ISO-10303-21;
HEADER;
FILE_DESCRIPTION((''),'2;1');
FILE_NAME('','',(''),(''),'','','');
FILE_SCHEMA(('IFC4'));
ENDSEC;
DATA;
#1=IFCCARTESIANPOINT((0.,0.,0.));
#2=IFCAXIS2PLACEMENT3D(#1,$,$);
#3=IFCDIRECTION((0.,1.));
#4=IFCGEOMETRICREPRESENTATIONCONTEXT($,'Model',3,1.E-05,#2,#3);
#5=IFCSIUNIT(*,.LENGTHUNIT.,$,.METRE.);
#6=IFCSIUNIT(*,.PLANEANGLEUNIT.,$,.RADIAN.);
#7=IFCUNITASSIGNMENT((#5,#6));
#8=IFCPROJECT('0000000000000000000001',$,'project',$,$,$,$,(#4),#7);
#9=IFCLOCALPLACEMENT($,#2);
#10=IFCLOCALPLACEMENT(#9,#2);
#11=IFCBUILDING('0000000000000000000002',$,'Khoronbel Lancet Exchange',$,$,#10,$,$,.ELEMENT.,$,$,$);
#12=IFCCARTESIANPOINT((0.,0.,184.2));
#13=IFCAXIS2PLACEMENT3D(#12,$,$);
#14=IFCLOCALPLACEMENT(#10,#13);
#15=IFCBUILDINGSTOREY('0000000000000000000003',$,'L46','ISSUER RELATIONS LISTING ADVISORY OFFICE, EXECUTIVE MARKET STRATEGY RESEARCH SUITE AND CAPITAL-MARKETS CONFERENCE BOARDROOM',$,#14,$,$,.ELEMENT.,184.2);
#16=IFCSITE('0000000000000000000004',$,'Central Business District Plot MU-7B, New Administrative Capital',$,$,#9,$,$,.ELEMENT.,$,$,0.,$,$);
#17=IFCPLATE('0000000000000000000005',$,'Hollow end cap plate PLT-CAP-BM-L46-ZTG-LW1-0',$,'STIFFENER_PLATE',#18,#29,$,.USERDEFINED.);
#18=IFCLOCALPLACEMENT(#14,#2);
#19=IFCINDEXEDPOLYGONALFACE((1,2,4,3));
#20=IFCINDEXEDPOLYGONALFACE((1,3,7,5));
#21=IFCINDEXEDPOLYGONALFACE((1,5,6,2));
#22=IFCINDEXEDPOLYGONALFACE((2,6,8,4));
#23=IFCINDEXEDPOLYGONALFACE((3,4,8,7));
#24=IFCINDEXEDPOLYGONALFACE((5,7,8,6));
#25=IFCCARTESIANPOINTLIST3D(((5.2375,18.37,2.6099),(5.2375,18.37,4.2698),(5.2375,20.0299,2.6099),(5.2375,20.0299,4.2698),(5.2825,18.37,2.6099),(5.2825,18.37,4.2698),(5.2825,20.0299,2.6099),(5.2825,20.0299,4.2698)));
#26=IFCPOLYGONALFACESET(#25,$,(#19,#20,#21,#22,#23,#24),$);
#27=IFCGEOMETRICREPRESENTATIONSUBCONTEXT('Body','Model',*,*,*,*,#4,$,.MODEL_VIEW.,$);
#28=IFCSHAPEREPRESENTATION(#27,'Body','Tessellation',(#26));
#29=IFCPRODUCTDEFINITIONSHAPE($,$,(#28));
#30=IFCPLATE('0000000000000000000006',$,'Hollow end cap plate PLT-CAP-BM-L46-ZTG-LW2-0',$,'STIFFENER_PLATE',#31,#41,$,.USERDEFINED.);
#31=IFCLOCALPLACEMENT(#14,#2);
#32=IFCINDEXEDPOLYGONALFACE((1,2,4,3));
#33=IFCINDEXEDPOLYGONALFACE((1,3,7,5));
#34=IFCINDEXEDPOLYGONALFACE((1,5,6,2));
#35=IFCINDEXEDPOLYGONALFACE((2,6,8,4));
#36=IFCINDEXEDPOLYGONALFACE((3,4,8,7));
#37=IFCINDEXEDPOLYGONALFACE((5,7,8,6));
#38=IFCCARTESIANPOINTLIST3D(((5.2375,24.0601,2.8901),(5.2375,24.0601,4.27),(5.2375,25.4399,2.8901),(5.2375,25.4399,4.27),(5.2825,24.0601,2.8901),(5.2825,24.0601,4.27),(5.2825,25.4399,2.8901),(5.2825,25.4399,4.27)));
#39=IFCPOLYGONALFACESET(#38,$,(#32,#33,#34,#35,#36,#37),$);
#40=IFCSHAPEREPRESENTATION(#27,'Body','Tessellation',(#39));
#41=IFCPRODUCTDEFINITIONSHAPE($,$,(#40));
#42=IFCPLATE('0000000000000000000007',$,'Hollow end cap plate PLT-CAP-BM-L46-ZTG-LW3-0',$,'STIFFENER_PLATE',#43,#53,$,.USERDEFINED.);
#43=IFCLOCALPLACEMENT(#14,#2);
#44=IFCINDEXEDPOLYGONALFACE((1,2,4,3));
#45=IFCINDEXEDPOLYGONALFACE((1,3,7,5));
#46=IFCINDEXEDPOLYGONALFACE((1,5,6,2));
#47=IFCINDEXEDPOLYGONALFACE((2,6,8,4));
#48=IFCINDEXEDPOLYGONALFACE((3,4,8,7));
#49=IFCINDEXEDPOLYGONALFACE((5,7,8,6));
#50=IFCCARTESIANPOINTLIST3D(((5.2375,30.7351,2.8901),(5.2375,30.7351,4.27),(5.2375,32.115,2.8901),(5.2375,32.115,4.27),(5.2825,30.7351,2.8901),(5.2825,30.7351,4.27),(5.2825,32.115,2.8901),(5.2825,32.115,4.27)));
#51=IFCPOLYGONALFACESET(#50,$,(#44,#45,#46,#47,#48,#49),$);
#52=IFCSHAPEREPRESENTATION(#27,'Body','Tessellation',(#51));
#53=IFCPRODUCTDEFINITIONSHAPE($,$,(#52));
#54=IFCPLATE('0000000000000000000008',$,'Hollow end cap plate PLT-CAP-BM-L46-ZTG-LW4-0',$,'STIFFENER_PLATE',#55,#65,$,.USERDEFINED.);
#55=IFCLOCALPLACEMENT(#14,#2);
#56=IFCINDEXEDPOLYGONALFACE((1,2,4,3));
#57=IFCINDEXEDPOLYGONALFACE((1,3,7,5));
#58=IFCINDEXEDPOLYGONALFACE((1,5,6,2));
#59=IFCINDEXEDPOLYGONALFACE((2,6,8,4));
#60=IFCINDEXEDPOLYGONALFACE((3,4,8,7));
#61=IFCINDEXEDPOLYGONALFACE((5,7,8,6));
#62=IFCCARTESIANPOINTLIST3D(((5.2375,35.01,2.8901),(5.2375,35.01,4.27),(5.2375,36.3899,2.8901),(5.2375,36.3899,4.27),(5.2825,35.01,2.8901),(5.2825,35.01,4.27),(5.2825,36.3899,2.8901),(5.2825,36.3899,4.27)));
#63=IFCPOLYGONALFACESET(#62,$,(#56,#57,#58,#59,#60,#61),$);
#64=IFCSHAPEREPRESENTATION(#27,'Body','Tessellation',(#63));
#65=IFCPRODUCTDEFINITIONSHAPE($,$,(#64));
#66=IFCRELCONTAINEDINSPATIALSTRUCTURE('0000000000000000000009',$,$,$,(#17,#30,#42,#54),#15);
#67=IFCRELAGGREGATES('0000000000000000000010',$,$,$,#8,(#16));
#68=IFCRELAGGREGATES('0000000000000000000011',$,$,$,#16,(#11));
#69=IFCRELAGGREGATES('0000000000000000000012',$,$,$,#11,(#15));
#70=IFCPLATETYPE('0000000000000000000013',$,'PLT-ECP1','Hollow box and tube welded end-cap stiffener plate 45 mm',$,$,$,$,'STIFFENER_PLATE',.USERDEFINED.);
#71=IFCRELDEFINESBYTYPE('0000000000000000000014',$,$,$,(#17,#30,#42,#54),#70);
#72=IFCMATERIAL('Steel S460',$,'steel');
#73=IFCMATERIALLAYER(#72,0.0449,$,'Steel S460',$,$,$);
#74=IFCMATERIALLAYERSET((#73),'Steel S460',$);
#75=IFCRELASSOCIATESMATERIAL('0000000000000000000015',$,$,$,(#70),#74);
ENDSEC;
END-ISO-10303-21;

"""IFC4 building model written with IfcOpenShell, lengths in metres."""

from ifc_helpers import new_model, si_unit, direction, frame, origin, origin_2d, place, context, subcontext, project, spatial, rectangle, extrude, material, layer, layer_set, type_object, element, save


model = new_model("IFC4")

# Units and contexts
model_context = context("Model", 3, precision=1e-05, world=origin(), true_north=direction((0.0, 1.0)))
body_context = subcontext(model_context, "Body", "Model", "MODEL_VIEW")
ifc_project = project(units=[si_unit("LENGTHUNIT", "METRE"), si_unit("PLANEANGLEUNIT", "RADIAN")], contexts=[model_context])

# Site, building, storey
site_placement = place(None, origin())
site = spatial("IfcSite", under=ifc_project, at=site_placement, Name="Central Business District Plot MU-7B, New Administrative Capital", CompositionType="ELEMENT", RefElevation=0.0)
building_placement = place(site_placement, origin())
building = spatial("IfcBuilding", under=site, at=building_placement, Name="Khoronbel Lancet Exchange", CompositionType="ELEMENT")
storey_placement = place(building_placement, frame((0.0, 0.0, 184.2)))
storey = spatial("IfcBuildingStorey", under=building, at=storey_placement, Name="L46", Description="ISSUER RELATIONS LISTING ADVISORY OFFICE, EXECUTIVE MARKET STRATEGY RESEARCH SUITE AND CAPITAL-MARKETS CONFERENCE BOARDROOM", CompositionType="ELEMENT", Elevation=184.2)

# Shared definitions
ifc_material_1 = material(Name="Steel S460", Category="steel")

# Plates
ifc_layer_1 = layer(ifc_material_1, 0.0449, Name="Steel S460")
ifc_layer_set_1 = layer_set([ifc_layer_1], Name="Steel S460")
plate_type_1 = type_object("IfcPlateType", Name="PLT-ECP1", Description="Hollow box and tube welded end-cap stiffener plate 45 mm", ElementType="STIFFENER_PLATE", PredefinedType="USERDEFINED", material=ifc_layer_set_1)
plate_1_placement = place(storey_placement, frame((5.26, 19.2, 2.6099), z_axis=(0.0, 0.0, 1.0), x_axis=(-1.0, 0.0, 0.0)))
element("IfcPlate", 1, at=plate_1_placement, inside=storey, type_object=plate_type_1, Name="Hollow end cap plate PLT-CAP-BM-L46-ZTG-LW1-0", ObjectType="STIFFENER_PLATE", PredefinedType="USERDEFINED", context=body_context, shape_type="SweptSolid", body=[
    extrude(rectangle(XDim=0.0449, YDim=1.6599, at=origin_2d()), origin(), (0.0, 0.0, 1.0), 1.6599),
])
for number, where, z_axis, x_axis, name in (
    (2, (5.26, 24.75, 2.8901), (0.0, 0.0, 1.0), (-1.0, 0.0, 0.0), "Hollow end cap plate PLT-CAP-BM-L46-ZTG-LW2-0"),
    (3, (5.26, 31.425, 2.8901), (0.0, 0.0, 1.0), (-1.0, 0.0, 0.0), "Hollow end cap plate PLT-CAP-BM-L46-ZTG-LW3-0"),
    (4, (5.26, 35.7, 2.8901), (0.0, 0.0, 1.0), (-1.0, 0.0, 0.0), "Hollow end cap plate PLT-CAP-BM-L46-ZTG-LW4-0"),
):
    element("IfcPlate", number, at=place(storey_placement, frame(where, z_axis=z_axis, x_axis=x_axis)), inside=storey, type_object=plate_type_1, Name=name, ObjectType="STIFFENER_PLATE", PredefinedType="USERDEFINED", context=body_context, shape_type="SweptSolid", body=[
        extrude(rectangle(XDim=0.0449, YDim=1.3799, at=origin_2d()), origin(), (0.0, 0.0, 1.0), 1.3799),
    ])

save(model, "model.ifc")
